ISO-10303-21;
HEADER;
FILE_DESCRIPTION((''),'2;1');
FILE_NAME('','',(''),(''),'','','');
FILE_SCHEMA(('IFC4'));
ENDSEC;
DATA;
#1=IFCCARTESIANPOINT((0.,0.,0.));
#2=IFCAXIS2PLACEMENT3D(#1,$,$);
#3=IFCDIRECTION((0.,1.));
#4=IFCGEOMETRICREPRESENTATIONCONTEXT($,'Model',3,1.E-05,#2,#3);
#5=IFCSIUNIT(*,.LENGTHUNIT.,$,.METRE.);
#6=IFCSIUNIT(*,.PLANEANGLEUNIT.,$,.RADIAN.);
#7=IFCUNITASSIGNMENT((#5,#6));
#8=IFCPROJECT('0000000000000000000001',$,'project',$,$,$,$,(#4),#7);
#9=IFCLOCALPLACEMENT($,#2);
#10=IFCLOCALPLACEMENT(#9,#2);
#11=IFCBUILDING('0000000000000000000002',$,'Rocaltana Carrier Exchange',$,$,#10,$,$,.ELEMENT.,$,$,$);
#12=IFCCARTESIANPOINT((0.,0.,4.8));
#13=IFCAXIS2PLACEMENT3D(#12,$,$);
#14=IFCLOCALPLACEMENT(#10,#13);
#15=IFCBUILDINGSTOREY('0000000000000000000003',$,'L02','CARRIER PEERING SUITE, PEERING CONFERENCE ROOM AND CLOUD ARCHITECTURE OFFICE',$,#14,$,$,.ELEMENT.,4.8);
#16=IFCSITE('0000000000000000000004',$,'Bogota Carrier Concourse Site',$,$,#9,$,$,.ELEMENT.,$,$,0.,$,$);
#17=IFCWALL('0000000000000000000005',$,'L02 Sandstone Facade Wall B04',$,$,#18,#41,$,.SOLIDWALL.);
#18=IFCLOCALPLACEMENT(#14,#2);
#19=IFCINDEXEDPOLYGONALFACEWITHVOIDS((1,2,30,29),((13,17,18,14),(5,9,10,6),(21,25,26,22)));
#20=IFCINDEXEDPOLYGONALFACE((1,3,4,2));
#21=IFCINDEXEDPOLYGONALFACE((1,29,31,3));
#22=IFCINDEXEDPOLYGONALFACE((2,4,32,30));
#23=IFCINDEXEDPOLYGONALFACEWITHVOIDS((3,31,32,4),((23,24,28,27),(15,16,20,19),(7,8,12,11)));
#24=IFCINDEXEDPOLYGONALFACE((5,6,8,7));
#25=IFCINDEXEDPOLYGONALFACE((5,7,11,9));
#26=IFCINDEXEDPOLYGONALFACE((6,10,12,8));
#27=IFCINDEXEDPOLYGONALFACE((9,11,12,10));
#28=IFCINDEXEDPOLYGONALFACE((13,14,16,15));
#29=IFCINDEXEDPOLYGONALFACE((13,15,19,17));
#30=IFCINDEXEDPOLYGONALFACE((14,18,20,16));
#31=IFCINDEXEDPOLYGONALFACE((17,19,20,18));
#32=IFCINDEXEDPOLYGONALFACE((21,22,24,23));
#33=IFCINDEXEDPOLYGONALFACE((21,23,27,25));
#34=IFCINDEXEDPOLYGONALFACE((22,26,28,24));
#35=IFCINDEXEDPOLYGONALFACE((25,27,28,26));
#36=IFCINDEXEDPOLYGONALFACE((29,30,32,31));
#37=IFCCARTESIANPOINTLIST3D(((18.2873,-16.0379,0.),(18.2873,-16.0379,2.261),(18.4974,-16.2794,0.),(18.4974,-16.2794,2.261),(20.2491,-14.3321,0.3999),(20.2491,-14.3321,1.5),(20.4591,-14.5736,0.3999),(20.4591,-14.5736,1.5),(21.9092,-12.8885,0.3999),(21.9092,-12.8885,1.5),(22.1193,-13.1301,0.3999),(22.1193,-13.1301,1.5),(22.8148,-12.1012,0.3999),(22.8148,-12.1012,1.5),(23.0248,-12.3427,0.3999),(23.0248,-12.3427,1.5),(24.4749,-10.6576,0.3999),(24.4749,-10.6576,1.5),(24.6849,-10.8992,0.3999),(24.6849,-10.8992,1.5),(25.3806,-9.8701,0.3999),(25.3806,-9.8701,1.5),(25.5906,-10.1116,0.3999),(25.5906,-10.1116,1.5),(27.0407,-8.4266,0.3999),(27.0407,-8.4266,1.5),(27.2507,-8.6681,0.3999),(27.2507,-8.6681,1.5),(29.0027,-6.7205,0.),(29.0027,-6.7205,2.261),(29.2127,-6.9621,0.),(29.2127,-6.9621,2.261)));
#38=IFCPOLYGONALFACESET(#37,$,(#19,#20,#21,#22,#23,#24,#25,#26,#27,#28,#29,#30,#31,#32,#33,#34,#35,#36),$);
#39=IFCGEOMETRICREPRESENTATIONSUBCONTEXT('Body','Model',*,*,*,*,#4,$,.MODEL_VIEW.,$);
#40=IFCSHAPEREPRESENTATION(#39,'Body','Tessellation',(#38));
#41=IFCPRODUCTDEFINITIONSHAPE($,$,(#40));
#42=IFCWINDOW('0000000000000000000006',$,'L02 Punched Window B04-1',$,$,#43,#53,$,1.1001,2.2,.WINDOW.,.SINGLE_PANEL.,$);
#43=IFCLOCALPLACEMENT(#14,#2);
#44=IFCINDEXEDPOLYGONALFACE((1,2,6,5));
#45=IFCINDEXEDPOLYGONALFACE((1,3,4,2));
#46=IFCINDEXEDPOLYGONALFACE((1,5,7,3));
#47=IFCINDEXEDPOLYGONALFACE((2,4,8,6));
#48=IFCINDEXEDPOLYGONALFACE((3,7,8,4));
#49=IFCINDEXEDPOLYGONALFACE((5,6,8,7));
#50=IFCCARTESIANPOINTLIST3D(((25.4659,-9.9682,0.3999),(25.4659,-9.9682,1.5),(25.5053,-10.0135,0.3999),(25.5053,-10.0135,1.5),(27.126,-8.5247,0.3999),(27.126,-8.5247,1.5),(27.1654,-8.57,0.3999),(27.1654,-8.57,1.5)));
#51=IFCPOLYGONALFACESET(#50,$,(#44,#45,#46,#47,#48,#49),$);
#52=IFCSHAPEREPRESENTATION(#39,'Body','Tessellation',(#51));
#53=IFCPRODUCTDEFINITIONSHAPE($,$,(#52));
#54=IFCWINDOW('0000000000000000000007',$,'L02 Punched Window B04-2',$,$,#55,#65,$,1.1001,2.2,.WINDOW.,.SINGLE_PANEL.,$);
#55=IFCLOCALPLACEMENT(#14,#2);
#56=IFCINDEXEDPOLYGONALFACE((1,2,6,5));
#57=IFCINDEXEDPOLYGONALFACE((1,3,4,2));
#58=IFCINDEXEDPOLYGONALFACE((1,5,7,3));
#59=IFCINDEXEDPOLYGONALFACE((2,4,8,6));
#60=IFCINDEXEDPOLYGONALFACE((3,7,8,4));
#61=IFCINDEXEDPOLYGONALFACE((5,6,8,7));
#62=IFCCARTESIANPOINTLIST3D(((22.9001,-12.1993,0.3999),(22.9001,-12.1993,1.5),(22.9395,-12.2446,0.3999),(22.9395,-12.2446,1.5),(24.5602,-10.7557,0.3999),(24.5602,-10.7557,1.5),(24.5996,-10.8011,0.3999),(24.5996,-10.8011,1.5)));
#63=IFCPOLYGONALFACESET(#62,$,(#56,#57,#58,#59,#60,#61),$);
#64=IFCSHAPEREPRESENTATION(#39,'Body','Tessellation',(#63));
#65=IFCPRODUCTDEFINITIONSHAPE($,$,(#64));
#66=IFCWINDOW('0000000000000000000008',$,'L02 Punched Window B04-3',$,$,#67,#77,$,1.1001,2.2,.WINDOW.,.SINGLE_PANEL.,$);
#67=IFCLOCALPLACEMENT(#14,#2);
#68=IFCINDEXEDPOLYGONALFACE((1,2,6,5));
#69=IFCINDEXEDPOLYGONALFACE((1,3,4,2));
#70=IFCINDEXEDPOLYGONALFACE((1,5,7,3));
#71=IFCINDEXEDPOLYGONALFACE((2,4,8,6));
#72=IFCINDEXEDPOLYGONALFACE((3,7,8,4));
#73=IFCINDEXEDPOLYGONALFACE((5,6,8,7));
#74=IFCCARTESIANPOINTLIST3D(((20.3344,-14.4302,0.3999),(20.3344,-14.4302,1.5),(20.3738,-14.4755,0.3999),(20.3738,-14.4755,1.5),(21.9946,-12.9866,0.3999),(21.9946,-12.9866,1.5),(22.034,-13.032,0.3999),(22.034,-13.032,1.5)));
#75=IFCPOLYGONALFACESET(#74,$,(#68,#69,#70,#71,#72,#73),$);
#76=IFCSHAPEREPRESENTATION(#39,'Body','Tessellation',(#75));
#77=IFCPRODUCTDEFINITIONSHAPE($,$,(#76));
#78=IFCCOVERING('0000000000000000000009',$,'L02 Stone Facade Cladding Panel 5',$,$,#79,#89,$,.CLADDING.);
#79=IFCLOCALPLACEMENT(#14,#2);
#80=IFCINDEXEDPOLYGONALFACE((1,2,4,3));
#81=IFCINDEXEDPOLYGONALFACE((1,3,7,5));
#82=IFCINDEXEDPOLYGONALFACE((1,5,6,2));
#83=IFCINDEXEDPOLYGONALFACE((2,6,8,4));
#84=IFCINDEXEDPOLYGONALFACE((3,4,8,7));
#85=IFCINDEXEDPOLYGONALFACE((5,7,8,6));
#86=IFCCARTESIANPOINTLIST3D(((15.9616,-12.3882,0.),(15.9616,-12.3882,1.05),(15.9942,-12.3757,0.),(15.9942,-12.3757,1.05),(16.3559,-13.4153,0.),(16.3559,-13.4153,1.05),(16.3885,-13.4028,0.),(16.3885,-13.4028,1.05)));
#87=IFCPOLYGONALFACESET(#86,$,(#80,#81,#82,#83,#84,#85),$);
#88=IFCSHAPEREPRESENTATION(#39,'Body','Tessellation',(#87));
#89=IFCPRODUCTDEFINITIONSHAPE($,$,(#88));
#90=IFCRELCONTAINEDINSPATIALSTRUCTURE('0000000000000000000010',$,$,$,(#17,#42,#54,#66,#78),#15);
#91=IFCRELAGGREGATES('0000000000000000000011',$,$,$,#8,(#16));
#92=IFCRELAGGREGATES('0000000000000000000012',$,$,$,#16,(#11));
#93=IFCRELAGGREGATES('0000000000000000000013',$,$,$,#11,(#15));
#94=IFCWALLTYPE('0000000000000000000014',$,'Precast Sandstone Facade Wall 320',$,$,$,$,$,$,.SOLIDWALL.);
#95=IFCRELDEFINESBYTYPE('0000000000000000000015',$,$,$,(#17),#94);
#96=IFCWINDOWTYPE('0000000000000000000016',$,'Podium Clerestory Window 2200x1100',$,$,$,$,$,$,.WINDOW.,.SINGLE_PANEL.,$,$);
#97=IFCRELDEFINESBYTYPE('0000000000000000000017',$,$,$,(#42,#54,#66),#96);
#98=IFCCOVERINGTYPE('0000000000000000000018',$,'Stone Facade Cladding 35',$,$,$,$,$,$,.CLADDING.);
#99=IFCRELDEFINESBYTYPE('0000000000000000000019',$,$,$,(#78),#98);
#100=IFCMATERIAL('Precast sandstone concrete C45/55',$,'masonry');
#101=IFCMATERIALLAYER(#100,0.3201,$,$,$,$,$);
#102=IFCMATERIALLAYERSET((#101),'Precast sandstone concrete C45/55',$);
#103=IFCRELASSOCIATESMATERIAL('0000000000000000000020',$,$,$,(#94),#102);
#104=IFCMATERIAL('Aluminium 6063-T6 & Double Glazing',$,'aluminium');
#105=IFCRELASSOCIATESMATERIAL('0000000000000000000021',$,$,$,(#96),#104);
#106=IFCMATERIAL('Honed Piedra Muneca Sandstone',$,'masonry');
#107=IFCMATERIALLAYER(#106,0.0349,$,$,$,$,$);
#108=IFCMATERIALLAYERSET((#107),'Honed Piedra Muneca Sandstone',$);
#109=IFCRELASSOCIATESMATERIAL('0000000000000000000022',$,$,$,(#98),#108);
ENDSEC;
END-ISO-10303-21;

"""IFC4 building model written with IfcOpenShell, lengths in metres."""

from ifc_helpers import new_model, si_unit, direction, frame, frame_2d, origin, origin_2d, place, context, subcontext, project, spatial, rectangle, extrude, material, layer, layer_set, type_object, element, fill, save


model = new_model("IFC4")

# Units and contexts
model_context = context("Model", 3, precision=1e-05, world=origin(), true_north=direction((0.0, 1.0)))
body_context = subcontext(model_context, "Body", "Model", "MODEL_VIEW")
ifc_project = project(units=[si_unit("LENGTHUNIT", "METRE"), si_unit("PLANEANGLEUNIT", "RADIAN")], contexts=[model_context])

# Site, building, storey
site_placement = place(None, origin())
site = spatial("IfcSite", under=ifc_project, at=site_placement, Name="Bogota Carrier Concourse Site", CompositionType="ELEMENT", RefElevation=0.0)
building_placement = place(site_placement, origin())
building = spatial("IfcBuilding", under=site, at=building_placement, Name="Rocaltana Carrier Exchange", CompositionType="ELEMENT")
storey_placement = place(building_placement, frame((0.0, 0.0, 4.8)))
storey = spatial("IfcBuildingStorey", under=building, at=storey_placement, Name="L02", Description="CARRIER PEERING SUITE, PEERING CONFERENCE ROOM AND CLOUD ARCHITECTURE OFFICE", CompositionType="ELEMENT", Elevation=4.8)

# Shared definitions
ifc_material_1 = material(Name="Precast sandstone concrete C45/55", Category="masonry")
ifc_layer_1 = layer(ifc_material_1, 0.3201)
ifc_layer_set_1 = layer_set([ifc_layer_1], Name="Precast sandstone concrete C45/55")
wall_type_1 = type_object("IfcWallType", Name="Precast Sandstone Facade Wall 320", PredefinedType="SOLIDWALL", material=ifc_layer_set_1)

# Wall, openings, windows
wall_1_placement = place(storey_placement, frame((29.1077, -6.8413, 0.0), z_axis=(0.0, 0.0, 1.0), x_axis=(-0.754616, -0.656167, 0.0)))
wall_1 = element("IfcWall", 1, at=wall_1_placement, inside=storey, type_object=wall_type_1, Name="L02 Sandstone Facade Wall B04", PredefinedType="SOLIDWALL", context=body_context, shape_type="SweptSolid", body=[
    extrude(rectangle(XDim=14.1997, YDim=0.3201, at=frame_2d((7.0999, 0.0))), origin(), (0.0, 0.0, 1.0), 2.261),
])
opening_1_placement = place(wall_1_placement, frame((2.5999, 0.0, 0.3999)))
opening_1 = element("IfcOpeningElement", 2, at=opening_1_placement, cuts=wall_1, PredefinedType="OPENING", context=body_context, shape_type="SweptSolid", body=[
    extrude(rectangle(XDim=2.2, YDim=1.1001, at=frame_2d((1.1001, 0.55))), frame((0.0, 0.1699, 0.0), z_axis=(0.0, -1.0, 0.0), x_axis=(1.0, 0.0, 0.0)), (0.0, 0.0, 1.0), 0.3401),
])
opening_2_placement = place(wall_1_placement, frame((6.0, 0.0, 0.3999)))
opening_2 = element("IfcOpeningElement", 3, at=opening_2_placement, cuts=wall_1, PredefinedType="OPENING", context=body_context, shape_type="SweptSolid", body=[
    extrude(rectangle(XDim=2.2, YDim=1.1001, at=frame_2d((1.1001, 0.55))), frame((0.0, 0.1699, 0.0), z_axis=(0.0, -1.0, 0.0), x_axis=(1.0, 0.0, 0.0)), (0.0, 0.0, 1.0), 0.3401),
])
opening_3_placement = place(wall_1_placement, frame((9.3999, 0.0, 0.3999)))
opening_3 = element("IfcOpeningElement", 4, at=opening_3_placement, cuts=wall_1, PredefinedType="OPENING", context=body_context, shape_type="SweptSolid", body=[
    extrude(rectangle(XDim=2.2, YDim=1.1001, at=frame_2d((1.1001, 0.55))), frame((0.0, 0.1699, 0.0), z_axis=(0.0, -1.0, 0.0), x_axis=(1.0, 0.0, 0.0)), (0.0, 0.0, 1.0), 0.3401),
])
ifc_material_2 = material(Name="Aluminium 6063-T6 & Double Glazing", Category="aluminium")
window_type = type_object("IfcWindowType", Name="Podium Clerestory Window 2200x1100", PartitioningType="SINGLE_PANEL", PredefinedType="WINDOW", material=ifc_material_2)
window_1_placement = place(opening_1_placement, origin())
window_1 = element("IfcWindow", 5, at=window_1_placement, inside=storey, type_object=window_type, Name="L02 Punched Window B04-1", OverallHeight=1.1001, OverallWidth=2.2, PartitioningType="SINGLE_PANEL", PredefinedType="WINDOW", context=body_context, shape_type="SweptSolid", body=[
    extrude(rectangle(XDim=2.2, YDim=1.1001, at=frame_2d((1.1001, 0.55))), frame((0.0, 0.03, 0.0), z_axis=(0.0, -1.0, 0.0), x_axis=(1.0, 0.0, 0.0)), (0.0, 0.0, 1.0), 0.0601),
])
fill(opening_1, window_1)
window_2_placement = place(opening_2_placement, origin())
window_2 = element("IfcWindow", 6, at=window_2_placement, inside=storey, type_object=window_type, Name="L02 Punched Window B04-2", OverallHeight=1.1001, OverallWidth=2.2, PartitioningType="SINGLE_PANEL", PredefinedType="WINDOW", context=body_context, shape_type="SweptSolid", body=[
    extrude(rectangle(XDim=2.2, YDim=1.1001, at=frame_2d((1.1001, 0.55))), frame((0.0, 0.03, 0.0), z_axis=(0.0, -1.0, 0.0), x_axis=(1.0, 0.0, 0.0)), (0.0, 0.0, 1.0), 0.0601),
])
fill(opening_2, window_2)
window_3_placement = place(opening_3_placement, origin())
window_3 = element("IfcWindow", 7, at=window_3_placement, inside=storey, type_object=window_type, Name="L02 Punched Window B04-3", OverallHeight=1.1001, OverallWidth=2.2, PartitioningType="SINGLE_PANEL", PredefinedType="WINDOW", context=body_context, shape_type="SweptSolid", body=[
    extrude(rectangle(XDim=2.2, YDim=1.1001, at=frame_2d((1.1001, 0.55))), frame((0.0, 0.03, 0.0), z_axis=(0.0, -1.0, 0.0), x_axis=(1.0, 0.0, 0.0)), (0.0, 0.0, 1.0), 0.0601),
])
fill(opening_3, window_3)

# Covering
ifc_material_3 = material(Name="Honed Piedra Muneca Sandstone", Category="masonry")
ifc_layer_2 = layer(ifc_material_3, 0.0349)
ifc_layer_set_2 = layer_set([ifc_layer_2], Name="Honed Piedra Muneca Sandstone")
covering_type = type_object("IfcCoveringType", Name="Stone Facade Cladding 35", PredefinedType="CLADDING", material=ifc_layer_set_2)
covering_placement = place(storey_placement, frame((16.175, -12.8955, 0.0), z_axis=(0.0, 0.0, 1.0), x_axis=(-0.358368, 0.93358, 0.0)))
element("IfcCovering", 8, at=covering_placement, inside=storey, type_object=covering_type, Name="L02 Stone Facade Cladding Panel 5", PredefinedType="CLADDING", context=body_context, shape_type="SweptSolid", body=[
    extrude(rectangle(XDim=1.1001, YDim=0.0349, at=origin_2d()), origin(), (0.0, 0.0, 1.0), 1.05),
])

save(model, "model.ifc")
